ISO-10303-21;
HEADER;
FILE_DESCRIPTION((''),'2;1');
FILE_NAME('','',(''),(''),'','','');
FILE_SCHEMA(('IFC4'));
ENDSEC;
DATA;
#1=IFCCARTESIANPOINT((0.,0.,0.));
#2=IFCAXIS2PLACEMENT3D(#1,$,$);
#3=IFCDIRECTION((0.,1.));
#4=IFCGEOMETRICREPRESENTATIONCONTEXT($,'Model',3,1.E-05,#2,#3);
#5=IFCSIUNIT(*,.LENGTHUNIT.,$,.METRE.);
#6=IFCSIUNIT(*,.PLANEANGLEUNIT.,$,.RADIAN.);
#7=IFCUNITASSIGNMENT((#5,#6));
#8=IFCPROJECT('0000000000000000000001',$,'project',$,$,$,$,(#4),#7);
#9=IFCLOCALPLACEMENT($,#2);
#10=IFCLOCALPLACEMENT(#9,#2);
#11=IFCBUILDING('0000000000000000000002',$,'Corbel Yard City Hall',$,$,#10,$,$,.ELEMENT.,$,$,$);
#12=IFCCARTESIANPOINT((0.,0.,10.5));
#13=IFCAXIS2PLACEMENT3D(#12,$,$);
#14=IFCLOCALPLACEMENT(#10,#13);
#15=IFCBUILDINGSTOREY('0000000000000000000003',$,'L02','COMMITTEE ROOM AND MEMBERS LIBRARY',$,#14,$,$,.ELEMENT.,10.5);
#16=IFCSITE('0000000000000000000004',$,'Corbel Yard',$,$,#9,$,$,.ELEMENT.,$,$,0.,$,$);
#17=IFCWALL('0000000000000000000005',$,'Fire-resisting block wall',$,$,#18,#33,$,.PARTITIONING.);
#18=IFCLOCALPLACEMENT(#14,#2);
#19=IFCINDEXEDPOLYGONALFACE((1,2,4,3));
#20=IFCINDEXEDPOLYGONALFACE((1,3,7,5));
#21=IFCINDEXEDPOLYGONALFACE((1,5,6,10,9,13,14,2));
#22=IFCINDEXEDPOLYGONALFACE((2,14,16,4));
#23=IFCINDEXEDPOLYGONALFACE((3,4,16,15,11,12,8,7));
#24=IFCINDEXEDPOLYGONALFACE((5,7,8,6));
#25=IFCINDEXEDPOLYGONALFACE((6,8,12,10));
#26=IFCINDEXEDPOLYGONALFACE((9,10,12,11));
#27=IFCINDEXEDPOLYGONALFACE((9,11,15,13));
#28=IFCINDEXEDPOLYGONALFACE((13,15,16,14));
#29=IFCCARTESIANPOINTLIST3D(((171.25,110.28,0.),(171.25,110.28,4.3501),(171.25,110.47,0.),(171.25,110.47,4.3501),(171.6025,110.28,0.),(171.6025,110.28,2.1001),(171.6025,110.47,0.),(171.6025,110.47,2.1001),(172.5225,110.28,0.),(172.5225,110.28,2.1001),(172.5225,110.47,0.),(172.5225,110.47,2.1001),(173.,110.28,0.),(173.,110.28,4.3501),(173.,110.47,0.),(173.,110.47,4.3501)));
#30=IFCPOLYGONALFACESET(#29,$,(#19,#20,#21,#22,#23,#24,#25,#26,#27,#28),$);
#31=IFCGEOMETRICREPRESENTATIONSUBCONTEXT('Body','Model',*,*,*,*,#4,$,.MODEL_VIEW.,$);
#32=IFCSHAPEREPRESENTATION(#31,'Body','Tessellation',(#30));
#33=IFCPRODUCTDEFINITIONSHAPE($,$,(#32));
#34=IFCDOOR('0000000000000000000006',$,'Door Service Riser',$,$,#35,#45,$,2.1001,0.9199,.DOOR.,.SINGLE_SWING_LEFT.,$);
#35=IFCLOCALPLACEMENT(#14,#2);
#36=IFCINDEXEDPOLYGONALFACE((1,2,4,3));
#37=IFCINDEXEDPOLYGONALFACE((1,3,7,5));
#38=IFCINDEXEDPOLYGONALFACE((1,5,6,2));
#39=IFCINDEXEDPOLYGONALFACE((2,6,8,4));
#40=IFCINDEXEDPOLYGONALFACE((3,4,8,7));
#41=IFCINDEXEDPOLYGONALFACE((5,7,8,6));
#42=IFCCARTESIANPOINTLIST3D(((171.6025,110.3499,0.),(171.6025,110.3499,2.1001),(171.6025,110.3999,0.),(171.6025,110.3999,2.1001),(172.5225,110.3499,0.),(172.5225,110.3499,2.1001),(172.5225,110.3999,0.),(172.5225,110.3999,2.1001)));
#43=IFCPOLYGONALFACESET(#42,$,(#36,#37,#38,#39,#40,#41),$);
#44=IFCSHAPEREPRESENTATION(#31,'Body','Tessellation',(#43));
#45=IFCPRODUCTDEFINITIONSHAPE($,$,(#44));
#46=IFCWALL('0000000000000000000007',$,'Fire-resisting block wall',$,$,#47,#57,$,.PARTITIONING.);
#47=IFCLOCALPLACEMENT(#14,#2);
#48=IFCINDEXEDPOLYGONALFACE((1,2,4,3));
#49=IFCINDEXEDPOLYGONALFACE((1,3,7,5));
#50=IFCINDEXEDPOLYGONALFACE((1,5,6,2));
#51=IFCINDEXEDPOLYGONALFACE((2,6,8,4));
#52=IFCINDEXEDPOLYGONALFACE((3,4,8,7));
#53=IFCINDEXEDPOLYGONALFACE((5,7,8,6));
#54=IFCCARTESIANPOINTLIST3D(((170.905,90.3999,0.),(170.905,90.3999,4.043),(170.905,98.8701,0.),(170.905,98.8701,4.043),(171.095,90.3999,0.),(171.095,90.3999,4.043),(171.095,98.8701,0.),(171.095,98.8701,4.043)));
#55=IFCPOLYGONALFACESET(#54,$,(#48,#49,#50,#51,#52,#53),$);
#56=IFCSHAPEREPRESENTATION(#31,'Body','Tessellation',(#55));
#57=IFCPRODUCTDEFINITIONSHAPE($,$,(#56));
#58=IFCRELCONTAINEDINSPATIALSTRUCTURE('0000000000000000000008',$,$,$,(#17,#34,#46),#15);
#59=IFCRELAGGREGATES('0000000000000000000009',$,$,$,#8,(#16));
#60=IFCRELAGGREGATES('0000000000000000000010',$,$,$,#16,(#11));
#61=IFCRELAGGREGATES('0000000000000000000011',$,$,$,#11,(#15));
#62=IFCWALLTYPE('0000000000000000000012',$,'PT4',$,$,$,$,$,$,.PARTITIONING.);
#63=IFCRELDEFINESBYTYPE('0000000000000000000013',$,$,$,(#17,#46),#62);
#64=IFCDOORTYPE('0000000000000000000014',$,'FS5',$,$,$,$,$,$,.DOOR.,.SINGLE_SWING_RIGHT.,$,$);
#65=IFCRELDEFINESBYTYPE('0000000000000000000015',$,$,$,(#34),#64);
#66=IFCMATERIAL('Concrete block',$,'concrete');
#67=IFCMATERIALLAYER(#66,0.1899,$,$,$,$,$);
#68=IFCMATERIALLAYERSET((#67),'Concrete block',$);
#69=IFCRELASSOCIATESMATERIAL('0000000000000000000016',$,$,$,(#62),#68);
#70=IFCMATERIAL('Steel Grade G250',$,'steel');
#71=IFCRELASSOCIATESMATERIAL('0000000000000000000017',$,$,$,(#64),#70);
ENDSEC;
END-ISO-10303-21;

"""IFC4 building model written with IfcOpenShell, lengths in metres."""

from ifc_helpers import new_model, si_unit, direction, frame, frame_2d, origin, place, context, subcontext, project, spatial, rectangle, extrude, material, layer, layer_set, type_object, element, fill, save


model = new_model("IFC4")

# Units and contexts
model_context = context("Model", 3, precision=1e-05, world=origin(), true_north=direction((0.0, 1.0)))
body_context = subcontext(model_context, "Body", "Model", "MODEL_VIEW")
ifc_project = project(units=[si_unit("LENGTHUNIT", "METRE"), si_unit("PLANEANGLEUNIT", "RADIAN")], contexts=[model_context])

# Site, building, storey
site_placement = place(None, origin())
site = spatial("IfcSite", under=ifc_project, at=site_placement, Name="Corbel Yard", CompositionType="ELEMENT", RefElevation=0.0)
building_placement = place(site_placement, origin())
building = spatial("IfcBuilding", under=site, at=building_placement, Name="Corbel Yard City Hall", CompositionType="ELEMENT")
storey_placement = place(building_placement, frame((0.0, 0.0, 10.5)))
storey = spatial("IfcBuildingStorey", under=building, at=storey_placement, Name="L02", Description="COMMITTEE ROOM AND MEMBERS LIBRARY", CompositionType="ELEMENT", Elevation=10.5)

# Shared definitions
ifc_material_1 = material(Name="Steel Grade G250", Category="steel")

# Wall, opening, door
ifc_material_2 = material(Name="Concrete block", Category="concrete")
ifc_layer_1 = layer(ifc_material_2, 0.1899)
ifc_layer_set_1 = layer_set([ifc_layer_1], Name="Concrete block")
wall_type_1 = type_object("IfcWallType", Name="PT4", PredefinedType="PARTITIONING", material=ifc_layer_set_1)
wall_1_placement = place(storey_placement, frame((171.25, 110.375, 0.0), z_axis=(0.0, 0.0, 1.0), x_axis=(1.0, 0.0, 0.0)))
wall_1 = element("IfcWall", 1, at=wall_1_placement, inside=storey, type_object=wall_type_1, Name="Fire-resisting block wall", PredefinedType="PARTITIONING", context=body_context, shape_type="SweptSolid", body=[
    extrude(rectangle(XDim=1.75, YDim=0.1899, at=frame_2d((0.875, 0.0))), origin(), (0.0, 0.0, 1.0), 4.3501),
])
opening_1_placement = place(wall_1_placement, frame((0.3525, 0.0, 0.0)))
opening_1 = element("IfcOpeningElement", 2, at=opening_1_placement, cuts=wall_1, PredefinedType="OPENING", context=body_context, shape_type="SweptSolid", body=[
    extrude(rectangle(XDim=0.9199, YDim=2.1001, at=frame_2d((0.46, 1.05))), frame((0.0, 0.105, 0.0), z_axis=(0.0, -1.0, 0.0), x_axis=(1.0, 0.0, 0.0)), (0.0, 0.0, 1.0), 0.21),
])
door_type_1 = type_object("IfcDoorType", Name="FS5", OperationType="SINGLE_SWING_RIGHT", PredefinedType="DOOR", material=ifc_material_1)
door_1_placement = place(opening_1_placement, origin())
door_1 = element("IfcDoor", 3, at=door_1_placement, inside=storey, type_object=door_type_1, Name="Door Service Riser", OperationType="SINGLE_SWING_LEFT", OverallHeight=2.1001, OverallWidth=0.9199, PredefinedType="DOOR", context=body_context, shape_type="SweptSolid", body=[
    extrude(rectangle(XDim=0.9199, YDim=2.1001, at=frame_2d((0.46, 1.05))), frame((0.0, 0.0249, 0.0), z_axis=(0.0, -1.0, 0.0), x_axis=(1.0, 0.0, 0.0)), (0.0, 0.0, 1.0), 0.05),
])
fill(opening_1, door_1)

# Wall
wall_2_placement = place(storey_placement, frame((171.0, 90.3999, 0.0), z_axis=(0.0, 0.0, 1.0), x_axis=(0.0, 1.0, 0.0)))
element("IfcWall", 4, at=wall_2_placement, inside=storey, type_object=wall_type_1, Name="Fire-resisting block wall", PredefinedType="PARTITIONING", context=body_context, shape_type="SweptSolid", body=[
    extrude(rectangle(XDim=8.4702, YDim=0.1899, at=frame_2d((4.2351, 0.0))), origin(), (0.0, 0.0, 1.0), 4.043),
])

save(model, "model.ifc")
